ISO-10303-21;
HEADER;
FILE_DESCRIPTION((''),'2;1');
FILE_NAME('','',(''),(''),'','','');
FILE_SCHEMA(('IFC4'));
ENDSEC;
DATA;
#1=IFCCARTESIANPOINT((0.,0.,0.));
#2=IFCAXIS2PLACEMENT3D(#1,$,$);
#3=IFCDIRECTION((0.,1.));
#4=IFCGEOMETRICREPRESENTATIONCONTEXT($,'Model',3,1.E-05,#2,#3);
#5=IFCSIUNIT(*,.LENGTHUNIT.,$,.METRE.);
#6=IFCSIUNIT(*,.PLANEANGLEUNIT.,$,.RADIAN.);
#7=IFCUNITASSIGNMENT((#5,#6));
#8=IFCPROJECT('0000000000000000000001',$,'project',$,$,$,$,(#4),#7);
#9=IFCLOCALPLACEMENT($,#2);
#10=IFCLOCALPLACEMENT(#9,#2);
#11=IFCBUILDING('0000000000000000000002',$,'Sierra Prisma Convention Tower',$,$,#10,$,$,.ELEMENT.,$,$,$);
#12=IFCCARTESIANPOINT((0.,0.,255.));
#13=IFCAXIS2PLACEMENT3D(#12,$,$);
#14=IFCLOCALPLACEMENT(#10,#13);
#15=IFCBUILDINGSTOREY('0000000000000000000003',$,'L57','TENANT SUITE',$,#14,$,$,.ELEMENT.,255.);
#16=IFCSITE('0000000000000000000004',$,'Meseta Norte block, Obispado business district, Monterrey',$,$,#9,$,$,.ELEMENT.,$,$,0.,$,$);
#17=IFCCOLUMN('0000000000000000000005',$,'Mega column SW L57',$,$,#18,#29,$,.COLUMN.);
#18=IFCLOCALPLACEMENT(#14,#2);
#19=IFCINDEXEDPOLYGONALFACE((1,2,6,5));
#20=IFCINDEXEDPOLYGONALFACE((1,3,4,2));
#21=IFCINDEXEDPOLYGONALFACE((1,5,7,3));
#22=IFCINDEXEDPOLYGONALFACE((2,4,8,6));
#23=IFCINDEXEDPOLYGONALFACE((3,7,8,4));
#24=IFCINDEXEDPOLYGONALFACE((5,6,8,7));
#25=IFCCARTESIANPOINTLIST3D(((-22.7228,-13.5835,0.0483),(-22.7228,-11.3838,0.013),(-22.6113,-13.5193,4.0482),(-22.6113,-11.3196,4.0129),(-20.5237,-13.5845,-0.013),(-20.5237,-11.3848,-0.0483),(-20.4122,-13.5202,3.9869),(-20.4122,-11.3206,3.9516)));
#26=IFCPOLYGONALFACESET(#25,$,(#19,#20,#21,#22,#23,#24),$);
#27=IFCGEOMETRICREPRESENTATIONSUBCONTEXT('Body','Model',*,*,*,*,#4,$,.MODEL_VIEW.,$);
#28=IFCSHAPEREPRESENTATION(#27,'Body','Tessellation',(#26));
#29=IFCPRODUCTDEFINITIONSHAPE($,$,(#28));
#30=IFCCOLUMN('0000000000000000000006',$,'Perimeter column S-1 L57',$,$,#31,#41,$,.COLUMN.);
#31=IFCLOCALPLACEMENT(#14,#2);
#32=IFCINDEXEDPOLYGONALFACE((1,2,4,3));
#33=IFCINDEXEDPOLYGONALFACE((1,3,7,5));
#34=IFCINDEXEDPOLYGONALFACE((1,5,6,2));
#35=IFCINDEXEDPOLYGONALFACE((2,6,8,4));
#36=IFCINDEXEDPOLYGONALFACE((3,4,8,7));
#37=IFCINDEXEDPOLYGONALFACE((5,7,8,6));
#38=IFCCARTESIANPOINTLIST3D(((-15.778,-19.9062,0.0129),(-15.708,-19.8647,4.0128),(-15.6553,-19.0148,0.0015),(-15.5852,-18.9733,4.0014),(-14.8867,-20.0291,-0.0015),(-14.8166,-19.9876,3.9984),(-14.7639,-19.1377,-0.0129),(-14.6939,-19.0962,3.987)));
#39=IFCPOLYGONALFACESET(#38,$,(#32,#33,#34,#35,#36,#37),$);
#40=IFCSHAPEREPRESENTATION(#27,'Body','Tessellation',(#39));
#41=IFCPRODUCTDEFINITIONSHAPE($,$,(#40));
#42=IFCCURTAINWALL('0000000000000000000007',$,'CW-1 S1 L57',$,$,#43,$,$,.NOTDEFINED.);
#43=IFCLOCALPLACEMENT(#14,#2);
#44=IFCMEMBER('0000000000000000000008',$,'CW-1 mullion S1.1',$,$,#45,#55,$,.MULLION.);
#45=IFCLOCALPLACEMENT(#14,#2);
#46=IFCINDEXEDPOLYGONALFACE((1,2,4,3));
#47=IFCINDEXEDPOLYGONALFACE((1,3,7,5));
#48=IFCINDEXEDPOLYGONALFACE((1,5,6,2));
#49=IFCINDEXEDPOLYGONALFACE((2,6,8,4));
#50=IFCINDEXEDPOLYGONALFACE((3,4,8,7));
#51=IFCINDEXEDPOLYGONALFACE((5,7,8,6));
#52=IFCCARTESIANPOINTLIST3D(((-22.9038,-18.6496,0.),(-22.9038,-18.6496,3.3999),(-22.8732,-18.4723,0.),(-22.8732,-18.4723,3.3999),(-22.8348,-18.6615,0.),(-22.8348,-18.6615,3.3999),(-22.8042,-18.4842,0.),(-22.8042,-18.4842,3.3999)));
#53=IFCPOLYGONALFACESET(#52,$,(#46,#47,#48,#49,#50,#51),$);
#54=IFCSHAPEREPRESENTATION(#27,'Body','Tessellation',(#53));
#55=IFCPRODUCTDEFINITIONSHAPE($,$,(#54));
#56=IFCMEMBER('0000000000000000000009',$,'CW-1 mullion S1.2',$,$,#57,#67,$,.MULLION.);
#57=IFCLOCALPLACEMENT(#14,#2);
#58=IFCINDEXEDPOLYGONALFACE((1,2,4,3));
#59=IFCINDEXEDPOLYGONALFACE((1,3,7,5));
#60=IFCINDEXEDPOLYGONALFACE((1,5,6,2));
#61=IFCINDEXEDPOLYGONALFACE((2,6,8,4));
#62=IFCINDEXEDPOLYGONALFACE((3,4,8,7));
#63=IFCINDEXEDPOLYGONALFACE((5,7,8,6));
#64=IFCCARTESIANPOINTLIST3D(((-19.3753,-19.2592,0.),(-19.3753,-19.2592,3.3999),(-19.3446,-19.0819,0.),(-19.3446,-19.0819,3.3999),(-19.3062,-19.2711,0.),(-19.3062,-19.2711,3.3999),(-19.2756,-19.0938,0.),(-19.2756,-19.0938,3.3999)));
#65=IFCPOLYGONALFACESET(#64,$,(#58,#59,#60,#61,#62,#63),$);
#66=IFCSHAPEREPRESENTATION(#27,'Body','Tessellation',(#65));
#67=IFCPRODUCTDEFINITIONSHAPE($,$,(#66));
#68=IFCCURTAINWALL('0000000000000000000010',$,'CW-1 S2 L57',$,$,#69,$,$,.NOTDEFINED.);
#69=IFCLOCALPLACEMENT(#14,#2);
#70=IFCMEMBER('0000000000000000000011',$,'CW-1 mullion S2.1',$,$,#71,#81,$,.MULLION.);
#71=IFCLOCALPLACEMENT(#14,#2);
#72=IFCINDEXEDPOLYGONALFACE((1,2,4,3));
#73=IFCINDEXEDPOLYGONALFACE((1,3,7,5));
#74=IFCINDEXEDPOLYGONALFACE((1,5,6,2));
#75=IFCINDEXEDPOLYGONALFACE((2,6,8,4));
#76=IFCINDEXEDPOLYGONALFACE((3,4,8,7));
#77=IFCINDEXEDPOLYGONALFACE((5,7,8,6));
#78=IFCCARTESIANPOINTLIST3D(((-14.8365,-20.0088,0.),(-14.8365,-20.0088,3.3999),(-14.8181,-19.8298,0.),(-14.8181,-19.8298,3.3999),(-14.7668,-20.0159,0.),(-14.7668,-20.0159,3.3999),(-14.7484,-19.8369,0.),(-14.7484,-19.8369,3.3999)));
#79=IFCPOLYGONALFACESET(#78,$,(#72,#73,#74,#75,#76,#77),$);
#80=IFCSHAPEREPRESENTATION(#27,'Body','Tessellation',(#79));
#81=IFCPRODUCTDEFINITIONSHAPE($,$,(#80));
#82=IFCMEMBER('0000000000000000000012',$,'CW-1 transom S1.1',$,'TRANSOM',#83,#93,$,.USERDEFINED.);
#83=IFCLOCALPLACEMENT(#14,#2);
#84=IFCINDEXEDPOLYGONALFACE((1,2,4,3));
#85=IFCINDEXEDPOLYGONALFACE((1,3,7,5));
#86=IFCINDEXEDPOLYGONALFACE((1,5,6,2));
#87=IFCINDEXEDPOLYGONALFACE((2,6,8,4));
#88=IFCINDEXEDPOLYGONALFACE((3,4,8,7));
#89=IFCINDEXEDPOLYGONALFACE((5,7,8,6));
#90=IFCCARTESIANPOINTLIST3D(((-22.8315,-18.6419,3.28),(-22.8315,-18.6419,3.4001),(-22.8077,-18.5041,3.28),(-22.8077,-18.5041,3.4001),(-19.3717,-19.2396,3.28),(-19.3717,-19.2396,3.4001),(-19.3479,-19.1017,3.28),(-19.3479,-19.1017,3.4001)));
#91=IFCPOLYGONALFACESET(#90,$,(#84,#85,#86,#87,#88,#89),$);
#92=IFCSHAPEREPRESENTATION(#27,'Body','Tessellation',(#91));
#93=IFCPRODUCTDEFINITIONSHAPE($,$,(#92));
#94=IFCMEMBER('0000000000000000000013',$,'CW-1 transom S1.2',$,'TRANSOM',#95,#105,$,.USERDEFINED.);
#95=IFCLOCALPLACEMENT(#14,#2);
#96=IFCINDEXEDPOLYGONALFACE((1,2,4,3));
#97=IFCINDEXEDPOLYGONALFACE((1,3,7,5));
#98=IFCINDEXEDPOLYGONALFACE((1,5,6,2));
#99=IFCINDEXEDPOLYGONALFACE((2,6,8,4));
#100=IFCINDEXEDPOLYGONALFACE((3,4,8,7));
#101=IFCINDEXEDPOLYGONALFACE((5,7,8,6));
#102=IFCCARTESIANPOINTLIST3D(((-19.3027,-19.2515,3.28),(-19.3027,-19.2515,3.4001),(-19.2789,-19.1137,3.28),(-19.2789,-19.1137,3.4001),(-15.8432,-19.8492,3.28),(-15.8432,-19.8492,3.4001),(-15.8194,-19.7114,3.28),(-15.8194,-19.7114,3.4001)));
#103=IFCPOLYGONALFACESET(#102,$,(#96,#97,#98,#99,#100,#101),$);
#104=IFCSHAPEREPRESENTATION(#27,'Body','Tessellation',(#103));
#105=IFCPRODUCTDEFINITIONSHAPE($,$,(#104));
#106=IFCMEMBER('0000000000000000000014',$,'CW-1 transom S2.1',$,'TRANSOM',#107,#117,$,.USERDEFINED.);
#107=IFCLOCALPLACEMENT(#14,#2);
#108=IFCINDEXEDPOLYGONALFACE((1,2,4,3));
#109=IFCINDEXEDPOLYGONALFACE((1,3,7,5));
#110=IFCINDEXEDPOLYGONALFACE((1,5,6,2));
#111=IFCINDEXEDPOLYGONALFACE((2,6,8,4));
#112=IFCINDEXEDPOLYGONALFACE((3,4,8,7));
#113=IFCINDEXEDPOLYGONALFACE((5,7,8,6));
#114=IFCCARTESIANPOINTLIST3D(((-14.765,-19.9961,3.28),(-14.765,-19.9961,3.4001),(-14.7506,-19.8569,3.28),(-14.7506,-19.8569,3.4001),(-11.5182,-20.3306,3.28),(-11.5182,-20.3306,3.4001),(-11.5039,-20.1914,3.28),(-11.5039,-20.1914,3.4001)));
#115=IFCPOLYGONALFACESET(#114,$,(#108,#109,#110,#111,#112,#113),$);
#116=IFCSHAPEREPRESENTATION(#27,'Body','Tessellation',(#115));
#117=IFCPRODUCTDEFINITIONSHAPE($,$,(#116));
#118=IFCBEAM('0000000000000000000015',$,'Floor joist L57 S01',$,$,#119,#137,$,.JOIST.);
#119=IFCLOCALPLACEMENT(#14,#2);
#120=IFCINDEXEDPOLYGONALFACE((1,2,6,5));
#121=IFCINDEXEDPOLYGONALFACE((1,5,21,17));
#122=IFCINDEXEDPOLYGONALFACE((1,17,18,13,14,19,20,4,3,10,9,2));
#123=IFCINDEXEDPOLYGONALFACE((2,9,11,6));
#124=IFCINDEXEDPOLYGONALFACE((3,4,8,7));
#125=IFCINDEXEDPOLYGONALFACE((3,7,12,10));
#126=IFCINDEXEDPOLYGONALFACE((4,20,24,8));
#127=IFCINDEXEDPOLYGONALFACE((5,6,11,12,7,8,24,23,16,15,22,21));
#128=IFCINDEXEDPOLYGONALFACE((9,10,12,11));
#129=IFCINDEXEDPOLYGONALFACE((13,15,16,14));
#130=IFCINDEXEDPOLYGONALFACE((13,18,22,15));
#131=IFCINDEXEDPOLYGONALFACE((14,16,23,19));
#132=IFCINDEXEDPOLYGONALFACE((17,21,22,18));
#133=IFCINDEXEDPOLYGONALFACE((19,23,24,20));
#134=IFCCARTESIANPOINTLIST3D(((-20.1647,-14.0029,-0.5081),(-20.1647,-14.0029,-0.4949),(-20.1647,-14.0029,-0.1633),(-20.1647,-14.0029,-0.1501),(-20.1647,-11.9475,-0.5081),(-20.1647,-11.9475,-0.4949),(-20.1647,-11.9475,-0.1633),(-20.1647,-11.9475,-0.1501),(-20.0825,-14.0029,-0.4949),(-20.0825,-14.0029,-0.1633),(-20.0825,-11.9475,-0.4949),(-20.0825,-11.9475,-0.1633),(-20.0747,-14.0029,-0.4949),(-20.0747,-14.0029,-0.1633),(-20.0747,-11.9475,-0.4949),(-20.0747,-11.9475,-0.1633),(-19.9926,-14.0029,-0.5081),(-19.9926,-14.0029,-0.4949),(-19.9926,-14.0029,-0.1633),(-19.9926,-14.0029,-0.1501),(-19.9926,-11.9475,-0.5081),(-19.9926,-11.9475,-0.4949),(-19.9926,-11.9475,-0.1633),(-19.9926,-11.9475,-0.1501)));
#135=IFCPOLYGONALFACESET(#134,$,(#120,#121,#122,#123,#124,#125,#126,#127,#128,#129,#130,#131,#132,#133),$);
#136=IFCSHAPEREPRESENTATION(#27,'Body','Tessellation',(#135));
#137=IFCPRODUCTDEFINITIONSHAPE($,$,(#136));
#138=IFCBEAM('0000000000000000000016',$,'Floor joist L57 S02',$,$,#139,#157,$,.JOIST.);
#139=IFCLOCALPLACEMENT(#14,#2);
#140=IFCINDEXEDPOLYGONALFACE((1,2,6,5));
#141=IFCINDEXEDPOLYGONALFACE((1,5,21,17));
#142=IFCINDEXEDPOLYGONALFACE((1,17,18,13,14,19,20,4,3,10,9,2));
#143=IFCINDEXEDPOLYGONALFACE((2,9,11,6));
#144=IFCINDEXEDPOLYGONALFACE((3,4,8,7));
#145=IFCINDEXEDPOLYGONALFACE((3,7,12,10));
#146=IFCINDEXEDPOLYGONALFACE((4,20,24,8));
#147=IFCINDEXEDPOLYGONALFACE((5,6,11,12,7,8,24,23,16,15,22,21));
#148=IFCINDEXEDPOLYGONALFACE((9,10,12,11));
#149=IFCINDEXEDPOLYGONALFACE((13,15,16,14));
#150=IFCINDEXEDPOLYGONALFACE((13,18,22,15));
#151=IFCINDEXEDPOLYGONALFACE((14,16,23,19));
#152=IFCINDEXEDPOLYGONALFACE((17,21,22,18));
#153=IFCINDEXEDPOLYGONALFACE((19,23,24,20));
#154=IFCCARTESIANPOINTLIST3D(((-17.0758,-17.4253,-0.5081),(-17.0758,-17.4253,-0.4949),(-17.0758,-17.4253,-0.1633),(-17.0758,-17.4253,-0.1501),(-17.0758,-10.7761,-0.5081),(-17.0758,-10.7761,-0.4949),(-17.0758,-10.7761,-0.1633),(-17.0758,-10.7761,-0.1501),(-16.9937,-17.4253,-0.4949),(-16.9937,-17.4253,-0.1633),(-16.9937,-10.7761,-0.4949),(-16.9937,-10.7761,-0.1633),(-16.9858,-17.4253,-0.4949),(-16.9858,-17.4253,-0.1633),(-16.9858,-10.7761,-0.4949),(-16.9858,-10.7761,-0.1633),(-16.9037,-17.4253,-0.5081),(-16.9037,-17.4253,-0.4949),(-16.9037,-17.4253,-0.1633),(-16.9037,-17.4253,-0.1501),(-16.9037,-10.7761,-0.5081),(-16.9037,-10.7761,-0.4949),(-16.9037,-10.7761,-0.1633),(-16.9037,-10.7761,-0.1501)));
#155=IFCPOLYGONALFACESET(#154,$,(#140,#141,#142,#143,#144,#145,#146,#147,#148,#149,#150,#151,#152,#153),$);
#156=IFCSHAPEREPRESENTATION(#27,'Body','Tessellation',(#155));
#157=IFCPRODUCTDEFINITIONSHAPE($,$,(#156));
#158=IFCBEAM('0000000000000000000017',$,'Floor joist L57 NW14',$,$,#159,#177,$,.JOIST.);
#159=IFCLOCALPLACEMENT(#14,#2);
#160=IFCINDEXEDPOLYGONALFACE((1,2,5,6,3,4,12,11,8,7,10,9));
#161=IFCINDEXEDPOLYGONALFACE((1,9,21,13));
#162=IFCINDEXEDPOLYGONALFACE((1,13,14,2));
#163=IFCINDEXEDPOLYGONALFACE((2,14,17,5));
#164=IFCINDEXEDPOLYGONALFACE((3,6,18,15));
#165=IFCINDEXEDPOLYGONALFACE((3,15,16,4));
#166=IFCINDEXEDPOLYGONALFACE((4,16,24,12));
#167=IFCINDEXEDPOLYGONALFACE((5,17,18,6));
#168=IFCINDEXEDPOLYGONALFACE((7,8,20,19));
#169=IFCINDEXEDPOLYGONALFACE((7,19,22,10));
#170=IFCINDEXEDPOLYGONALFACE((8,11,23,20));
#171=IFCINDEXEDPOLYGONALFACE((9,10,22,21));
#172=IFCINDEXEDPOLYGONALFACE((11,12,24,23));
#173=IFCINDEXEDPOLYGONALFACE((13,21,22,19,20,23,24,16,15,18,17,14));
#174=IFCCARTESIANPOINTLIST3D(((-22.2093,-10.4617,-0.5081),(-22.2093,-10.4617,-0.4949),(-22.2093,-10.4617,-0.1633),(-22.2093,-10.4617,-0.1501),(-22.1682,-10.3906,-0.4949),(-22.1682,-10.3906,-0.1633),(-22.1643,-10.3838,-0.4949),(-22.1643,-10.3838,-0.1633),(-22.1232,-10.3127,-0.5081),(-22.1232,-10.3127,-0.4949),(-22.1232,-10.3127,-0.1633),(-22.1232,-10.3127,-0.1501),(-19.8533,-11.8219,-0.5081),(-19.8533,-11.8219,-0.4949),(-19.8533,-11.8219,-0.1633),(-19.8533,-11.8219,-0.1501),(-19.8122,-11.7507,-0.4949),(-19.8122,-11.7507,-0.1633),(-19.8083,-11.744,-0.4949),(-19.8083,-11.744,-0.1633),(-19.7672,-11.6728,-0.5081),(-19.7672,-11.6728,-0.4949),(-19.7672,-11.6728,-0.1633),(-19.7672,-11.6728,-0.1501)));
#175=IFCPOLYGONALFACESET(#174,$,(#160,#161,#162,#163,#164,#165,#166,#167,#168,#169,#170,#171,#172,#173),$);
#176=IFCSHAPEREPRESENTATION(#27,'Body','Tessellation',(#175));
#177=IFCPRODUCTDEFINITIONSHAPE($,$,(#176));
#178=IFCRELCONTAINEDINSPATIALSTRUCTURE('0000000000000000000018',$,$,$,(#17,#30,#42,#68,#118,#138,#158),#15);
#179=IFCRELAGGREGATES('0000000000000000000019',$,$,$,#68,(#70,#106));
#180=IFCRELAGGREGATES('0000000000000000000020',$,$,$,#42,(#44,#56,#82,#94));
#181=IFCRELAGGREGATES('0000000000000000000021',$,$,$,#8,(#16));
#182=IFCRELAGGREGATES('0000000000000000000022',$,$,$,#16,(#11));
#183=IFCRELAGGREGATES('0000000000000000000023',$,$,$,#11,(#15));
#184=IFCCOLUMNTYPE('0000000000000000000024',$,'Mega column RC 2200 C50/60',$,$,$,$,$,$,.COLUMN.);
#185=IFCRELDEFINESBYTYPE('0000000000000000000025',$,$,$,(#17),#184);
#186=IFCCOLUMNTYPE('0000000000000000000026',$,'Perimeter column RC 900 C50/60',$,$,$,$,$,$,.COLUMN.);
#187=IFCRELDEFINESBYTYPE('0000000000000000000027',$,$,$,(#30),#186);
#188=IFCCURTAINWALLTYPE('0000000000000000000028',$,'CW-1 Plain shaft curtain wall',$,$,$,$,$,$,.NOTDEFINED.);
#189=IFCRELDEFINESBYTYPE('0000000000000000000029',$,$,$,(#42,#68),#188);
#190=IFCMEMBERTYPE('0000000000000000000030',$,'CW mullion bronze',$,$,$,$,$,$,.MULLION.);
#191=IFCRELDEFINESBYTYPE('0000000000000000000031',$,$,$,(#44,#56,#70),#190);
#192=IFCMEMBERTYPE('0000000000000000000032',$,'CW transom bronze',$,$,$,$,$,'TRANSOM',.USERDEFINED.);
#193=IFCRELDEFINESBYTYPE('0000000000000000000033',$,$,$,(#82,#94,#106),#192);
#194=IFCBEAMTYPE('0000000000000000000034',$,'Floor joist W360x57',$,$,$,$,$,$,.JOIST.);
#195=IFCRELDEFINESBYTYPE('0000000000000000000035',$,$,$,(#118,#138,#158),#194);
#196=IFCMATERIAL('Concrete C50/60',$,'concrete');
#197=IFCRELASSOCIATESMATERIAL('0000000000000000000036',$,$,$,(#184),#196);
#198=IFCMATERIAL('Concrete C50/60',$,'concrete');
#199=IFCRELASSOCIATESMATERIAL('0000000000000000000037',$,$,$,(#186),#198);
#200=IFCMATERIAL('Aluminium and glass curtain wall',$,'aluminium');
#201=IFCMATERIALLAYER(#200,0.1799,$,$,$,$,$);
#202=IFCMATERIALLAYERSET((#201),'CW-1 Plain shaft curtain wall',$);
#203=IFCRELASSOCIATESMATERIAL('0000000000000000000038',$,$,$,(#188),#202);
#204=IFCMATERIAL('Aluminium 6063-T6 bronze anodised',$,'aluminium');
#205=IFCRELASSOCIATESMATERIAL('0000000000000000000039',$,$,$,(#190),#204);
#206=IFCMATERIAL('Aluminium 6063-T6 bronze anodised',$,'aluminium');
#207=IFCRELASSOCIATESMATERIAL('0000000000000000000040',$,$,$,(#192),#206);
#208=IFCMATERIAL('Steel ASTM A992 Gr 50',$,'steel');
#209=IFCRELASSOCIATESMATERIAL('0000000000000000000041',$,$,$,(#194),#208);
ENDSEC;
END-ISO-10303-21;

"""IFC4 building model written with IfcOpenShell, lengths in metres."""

from ifc_helpers import new_model, si_unit, direction, frame, origin, origin_2d, place, context, subcontext, project, spatial, rectangle, i_section, extrude, material, layer, layer_set, material_profile, profile_set, type_object, element, aggregate, save


model = new_model("IFC4")

# Units and contexts
model_context = context("Model", 3, precision=1e-05, world=origin(), true_north=direction((0.0, 1.0)))
body_context = subcontext(model_context, "Body", "Model", "MODEL_VIEW")
ifc_project = project(units=[si_unit("LENGTHUNIT", "METRE"), si_unit("PLANEANGLEUNIT", "RADIAN")], contexts=[model_context])

# Site, building, storey
site_placement = place(None, origin())
site = spatial("IfcSite", under=ifc_project, at=site_placement, Name="Meseta Norte block, Obispado business district, Monterrey", CompositionType="ELEMENT", RefElevation=0.0)
building_placement = place(site_placement, origin())
building = spatial("IfcBuilding", under=site, at=building_placement, Name="Sierra Prisma Convention Tower", CompositionType="ELEMENT")
storey_placement = place(building_placement, frame((0.0, 0.0, 255.0)))
storey = spatial("IfcBuildingStorey", under=building, at=storey_placement, Name="L57", Description="TENANT SUITE", CompositionType="ELEMENT", Elevation=255.0)

# Columns
ifc_material_1 = material(Name="Concrete C50/60", Category="concrete")
ifc_material_profile_1 = material_profile(ifc_material_1, rectangle(XDim=2.2, YDim=2.2, at=origin_2d()), Name="Mega column RC 2200 C50/60")
ifc_profile_set_1 = profile_set([ifc_material_profile_1], Name="Concrete C50/60")
column_type_1 = type_object("IfcColumnType", Name="Mega column RC 2200 C50/60", PredefinedType="COLUMN", material=ifc_profile_set_1)
column_1_placement = place(storey_placement, frame((-21.6233, -12.4841, 0.0), z_axis=(0.027879, 0.016044, 0.999483), x_axis=(0.999611, -0.000447, -0.027875)))
element("IfcColumn", 1, at=column_1_placement, inside=storey, type_object=column_type_1, Name="Mega column SW L57", PredefinedType="COLUMN", context=body_context, shape_type="SweptSolid", body=[
    extrude(rectangle(XDim=2.2, YDim=2.2, at=origin_2d()), origin(), (0.0, 0.0, 1.0), 4.002),
])
ifc_material_2 = material(Name="Concrete C50/60", Category="concrete")
ifc_material_profile_2 = material_profile(ifc_material_2, rectangle(XDim=0.8999, YDim=0.8999, at=origin_2d()), Name="Perimeter column RC 900 C50/60")
ifc_profile_set_2 = profile_set([ifc_material_profile_2], Name="Concrete C50/60")
column_type_2 = type_object("IfcColumnType", Name="Perimeter column RC 900 C50/60", PredefinedType="COLUMN", material=ifc_profile_set_2)
column_2_placement = place(storey_placement, frame((-15.271, -19.522, 0.0), z_axis=(0.017513, 0.010374, 0.999793), x_axis=(-0.990498, 0.136601, 0.015933)))
element("IfcColumn", 2, at=column_2_placement, inside=storey, type_object=column_type_2, Name="Perimeter column S-1 L57", PredefinedType="COLUMN", context=body_context, shape_type="SweptSolid", body=[
    extrude(rectangle(XDim=0.8999, YDim=0.8999, at=origin_2d()), origin(), (0.0, 0.0, 1.0), 4.0007),
])

# Curtain wall, members
ifc_material_3 = material(Name="Aluminium and glass curtain wall", Category="aluminium")
ifc_layer_1 = layer(ifc_material_3, 0.1799)
ifc_layer_set_1 = layer_set([ifc_layer_1], Name="CW-1 Plain shaft curtain wall")
curtain_wall_type = type_object("IfcCurtainWallType", Name="CW-1 Plain shaft curtain wall", PredefinedType="NOTDEFINED", material=ifc_layer_set_1)
curtain_wall_1_placement = place(storey_placement, origin())
curtain_wall_1 = element("IfcCurtainWall", 3, at=curtain_wall_1_placement, inside=storey, type_object=curtain_wall_type, Name="CW-1 S1 L57", PredefinedType="NOTDEFINED")
ifc_material_4 = material(Name="Aluminium 6063-T6 bronze anodised", Category="aluminium")
ifc_material_profile_3 = material_profile(ifc_material_4, rectangle(XDim=0.1799, YDim=0.0701, at=origin_2d()), Name="ALU MULLION 70x180")
ifc_profile_set_3 = profile_set([ifc_material_profile_3], Name="Aluminium 6063-T6 bronze anodised")
member_type_1 = type_object("IfcMemberType", Name="CW mullion bronze", PredefinedType="MULLION", material=ifc_profile_set_3)
member_1_placement = place(storey_placement, frame((-22.854, -18.5669, 0.0), z_axis=(0.0, 0.0, 1.0), x_axis=(0.170235, 0.985403, 0.0)))
member_1 = element("IfcMember", 4, at=member_1_placement, type_object=member_type_1, Name="CW-1 mullion S1.1", PredefinedType="MULLION", context=body_context, shape_type="SweptSolid", body=[
    extrude(rectangle(XDim=0.1799, YDim=0.0701, at=origin_2d()), origin(), (0.0, 0.0, 1.0), 3.3999),
])
member_2_placement = place(storey_placement, frame((-19.3254, -19.1765, 0.0), z_axis=(0.0, 0.0, 1.0), x_axis=(0.170235, 0.985403, 0.0)))
member_2 = element("IfcMember", 5, at=member_2_placement, type_object=member_type_1, Name="CW-1 mullion S1.2", PredefinedType="MULLION", context=body_context, shape_type="SweptSolid", body=[
    extrude(rectangle(XDim=0.1799, YDim=0.0701, at=origin_2d()), origin(), (0.0, 0.0, 1.0), 3.3999),
])

# Curtain wall, member
curtain_wall_2_placement = place(storey_placement, origin())
curtain_wall_2 = element("IfcCurtainWall", 6, at=curtain_wall_2_placement, inside=storey, type_object=curtain_wall_type, Name="CW-1 S2 L57", PredefinedType="NOTDEFINED")
member_3_placement = place(storey_placement, frame((-14.7925, -19.9229, 0.0), z_axis=(0.0, 0.0, 1.0), x_axis=(0.102461, 0.994737, 0.0)))
member_3 = element("IfcMember", 7, at=member_3_placement, type_object=member_type_1, Name="CW-1 mullion S2.1", PredefinedType="MULLION", context=body_context, shape_type="SweptSolid", body=[
    extrude(rectangle(XDim=0.1799, YDim=0.0701, at=origin_2d()), origin(), (0.0, 0.0, 1.0), 3.3999),
])

# Members
ifc_material_5 = material(Name="Aluminium 6063-T6 bronze anodised", Category="aluminium")
ifc_material_profile_4 = material_profile(ifc_material_5, rectangle(XDim=0.1399, YDim=0.1201, at=origin_2d()), Name="ALU TRANSOM 120x140")
ifc_profile_set_4 = profile_set([ifc_material_profile_4], Name="Aluminium 6063-T6 bronze anodised")
member_type_2 = type_object("IfcMemberType", Name="CW transom bronze", ElementType="TRANSOM", PredefinedType="USERDEFINED", material=ifc_profile_set_4)
member_4_placement = place(storey_placement, frame((-22.8196, -18.573, 3.3401), z_axis=(0.985405, -0.170226, 0.0), x_axis=(0.170226, 0.985405, 0.0)))
member_4 = element("IfcMember", 8, at=member_4_placement, type_object=member_type_2, Name="CW-1 transom S1.1", ObjectType="TRANSOM", PredefinedType="USERDEFINED", context=body_context, shape_type="SweptSolid", body=[
    extrude(rectangle(XDim=0.1399, YDim=0.1201, at=origin_2d()), origin(), (0.0, 0.0, 1.0), 3.511),
])
member_5_placement = place(storey_placement, frame((-19.2908, -19.1826, 3.3401), z_axis=(0.985403, -0.170238, 0.0), x_axis=(0.170238, 0.985403, 0.0)))
member_5 = element("IfcMember", 9, at=member_5_placement, type_object=member_type_2, Name="CW-1 transom S1.2", ObjectType="TRANSOM", PredefinedType="USERDEFINED", context=body_context, shape_type="SweptSolid", body=[
    extrude(rectangle(XDim=0.1399, YDim=0.1201, at=origin_2d()), origin(), (0.0, 0.0, 1.0), 3.5107),
])
member_6_placement = place(storey_placement, frame((-14.7578, -19.9265, 3.3401), z_axis=(0.994736, -0.102473, 0.0), x_axis=(0.102473, 0.994736, 0.0)))
member_6 = element("IfcMember", 10, at=member_6_placement, type_object=member_type_2, Name="CW-1 transom S2.1", ObjectType="TRANSOM", PredefinedType="USERDEFINED", context=body_context, shape_type="SweptSolid", body=[
    extrude(rectangle(XDim=0.1399, YDim=0.1201, at=origin_2d()), origin(), (0.0, 0.0, 1.0), 3.2639),
])
aggregate(curtain_wall_2, [member_3, member_6])

# Beams
ifc_material_6 = material(Name="Steel ASTM A992 Gr 50", Category="steel")
ifc_material_profile_5 = material_profile(ifc_material_6, i_section(OverallWidth=0.1721, OverallDepth=0.3579, WebThickness=0.0078, FlangeThickness=0.0132, at=origin_2d()), Name="W360x57")
ifc_profile_set_5 = profile_set([ifc_material_profile_5], Name="Steel ASTM A992 Gr 50")
beam_type_1 = type_object("IfcBeamType", Name="Floor joist W360x57", PredefinedType="JOIST", material=ifc_profile_set_5)
beam_1_placement = place(storey_placement, frame((-20.0786, -14.0029, -0.3291), z_axis=(0.0, 1.0, 0.0), x_axis=(-1.0, 0.0, 0.0)))
element("IfcBeam", 11, at=beam_1_placement, inside=storey, type_object=beam_type_1, Name="Floor joist L57 S01", PredefinedType="JOIST", context=body_context, shape_type="SweptSolid", body=[
    extrude(i_section(OverallWidth=0.1721, OverallDepth=0.3579, WebThickness=0.0078, FlangeThickness=0.0132, at=origin_2d()), origin(), (0.0, 0.0, 1.0), 2.0554),
])
beam_2_placement = place(storey_placement, frame((-16.9897, -17.4253, -0.3291), z_axis=(0.0, 1.0, 0.0), x_axis=(-1.0, 0.0, 0.0)))
element("IfcBeam", 12, at=beam_2_placement, inside=storey, type_object=beam_type_1, Name="Floor joist L57 S02", PredefinedType="JOIST", context=body_context, shape_type="SweptSolid", body=[
    extrude(i_section(OverallWidth=0.1721, OverallDepth=0.3579, WebThickness=0.0078, FlangeThickness=0.0132, at=origin_2d()), origin(), (0.0, 0.0, 1.0), 6.6492),
])
beam_3_placement = place(storey_placement, frame((-22.1663, -10.3872, -0.3291), z_axis=(0.866042, -0.499971, 0.0), x_axis=(0.499971, 0.866042, 0.0)))
element("IfcBeam", 13, at=beam_3_placement, inside=storey, type_object=beam_type_1, Name="Floor joist L57 NW14", PredefinedType="JOIST", context=body_context, shape_type="SweptSolid", body=[
    extrude(i_section(OverallWidth=0.1721, OverallDepth=0.3579, WebThickness=0.0078, FlangeThickness=0.0132, at=origin_2d()), origin(), (0.0, 0.0, 1.0), 2.7205),
])

aggregate(curtain_wall_1, [member_1, member_2, member_4, member_5])

save(model, "model.ifc")
